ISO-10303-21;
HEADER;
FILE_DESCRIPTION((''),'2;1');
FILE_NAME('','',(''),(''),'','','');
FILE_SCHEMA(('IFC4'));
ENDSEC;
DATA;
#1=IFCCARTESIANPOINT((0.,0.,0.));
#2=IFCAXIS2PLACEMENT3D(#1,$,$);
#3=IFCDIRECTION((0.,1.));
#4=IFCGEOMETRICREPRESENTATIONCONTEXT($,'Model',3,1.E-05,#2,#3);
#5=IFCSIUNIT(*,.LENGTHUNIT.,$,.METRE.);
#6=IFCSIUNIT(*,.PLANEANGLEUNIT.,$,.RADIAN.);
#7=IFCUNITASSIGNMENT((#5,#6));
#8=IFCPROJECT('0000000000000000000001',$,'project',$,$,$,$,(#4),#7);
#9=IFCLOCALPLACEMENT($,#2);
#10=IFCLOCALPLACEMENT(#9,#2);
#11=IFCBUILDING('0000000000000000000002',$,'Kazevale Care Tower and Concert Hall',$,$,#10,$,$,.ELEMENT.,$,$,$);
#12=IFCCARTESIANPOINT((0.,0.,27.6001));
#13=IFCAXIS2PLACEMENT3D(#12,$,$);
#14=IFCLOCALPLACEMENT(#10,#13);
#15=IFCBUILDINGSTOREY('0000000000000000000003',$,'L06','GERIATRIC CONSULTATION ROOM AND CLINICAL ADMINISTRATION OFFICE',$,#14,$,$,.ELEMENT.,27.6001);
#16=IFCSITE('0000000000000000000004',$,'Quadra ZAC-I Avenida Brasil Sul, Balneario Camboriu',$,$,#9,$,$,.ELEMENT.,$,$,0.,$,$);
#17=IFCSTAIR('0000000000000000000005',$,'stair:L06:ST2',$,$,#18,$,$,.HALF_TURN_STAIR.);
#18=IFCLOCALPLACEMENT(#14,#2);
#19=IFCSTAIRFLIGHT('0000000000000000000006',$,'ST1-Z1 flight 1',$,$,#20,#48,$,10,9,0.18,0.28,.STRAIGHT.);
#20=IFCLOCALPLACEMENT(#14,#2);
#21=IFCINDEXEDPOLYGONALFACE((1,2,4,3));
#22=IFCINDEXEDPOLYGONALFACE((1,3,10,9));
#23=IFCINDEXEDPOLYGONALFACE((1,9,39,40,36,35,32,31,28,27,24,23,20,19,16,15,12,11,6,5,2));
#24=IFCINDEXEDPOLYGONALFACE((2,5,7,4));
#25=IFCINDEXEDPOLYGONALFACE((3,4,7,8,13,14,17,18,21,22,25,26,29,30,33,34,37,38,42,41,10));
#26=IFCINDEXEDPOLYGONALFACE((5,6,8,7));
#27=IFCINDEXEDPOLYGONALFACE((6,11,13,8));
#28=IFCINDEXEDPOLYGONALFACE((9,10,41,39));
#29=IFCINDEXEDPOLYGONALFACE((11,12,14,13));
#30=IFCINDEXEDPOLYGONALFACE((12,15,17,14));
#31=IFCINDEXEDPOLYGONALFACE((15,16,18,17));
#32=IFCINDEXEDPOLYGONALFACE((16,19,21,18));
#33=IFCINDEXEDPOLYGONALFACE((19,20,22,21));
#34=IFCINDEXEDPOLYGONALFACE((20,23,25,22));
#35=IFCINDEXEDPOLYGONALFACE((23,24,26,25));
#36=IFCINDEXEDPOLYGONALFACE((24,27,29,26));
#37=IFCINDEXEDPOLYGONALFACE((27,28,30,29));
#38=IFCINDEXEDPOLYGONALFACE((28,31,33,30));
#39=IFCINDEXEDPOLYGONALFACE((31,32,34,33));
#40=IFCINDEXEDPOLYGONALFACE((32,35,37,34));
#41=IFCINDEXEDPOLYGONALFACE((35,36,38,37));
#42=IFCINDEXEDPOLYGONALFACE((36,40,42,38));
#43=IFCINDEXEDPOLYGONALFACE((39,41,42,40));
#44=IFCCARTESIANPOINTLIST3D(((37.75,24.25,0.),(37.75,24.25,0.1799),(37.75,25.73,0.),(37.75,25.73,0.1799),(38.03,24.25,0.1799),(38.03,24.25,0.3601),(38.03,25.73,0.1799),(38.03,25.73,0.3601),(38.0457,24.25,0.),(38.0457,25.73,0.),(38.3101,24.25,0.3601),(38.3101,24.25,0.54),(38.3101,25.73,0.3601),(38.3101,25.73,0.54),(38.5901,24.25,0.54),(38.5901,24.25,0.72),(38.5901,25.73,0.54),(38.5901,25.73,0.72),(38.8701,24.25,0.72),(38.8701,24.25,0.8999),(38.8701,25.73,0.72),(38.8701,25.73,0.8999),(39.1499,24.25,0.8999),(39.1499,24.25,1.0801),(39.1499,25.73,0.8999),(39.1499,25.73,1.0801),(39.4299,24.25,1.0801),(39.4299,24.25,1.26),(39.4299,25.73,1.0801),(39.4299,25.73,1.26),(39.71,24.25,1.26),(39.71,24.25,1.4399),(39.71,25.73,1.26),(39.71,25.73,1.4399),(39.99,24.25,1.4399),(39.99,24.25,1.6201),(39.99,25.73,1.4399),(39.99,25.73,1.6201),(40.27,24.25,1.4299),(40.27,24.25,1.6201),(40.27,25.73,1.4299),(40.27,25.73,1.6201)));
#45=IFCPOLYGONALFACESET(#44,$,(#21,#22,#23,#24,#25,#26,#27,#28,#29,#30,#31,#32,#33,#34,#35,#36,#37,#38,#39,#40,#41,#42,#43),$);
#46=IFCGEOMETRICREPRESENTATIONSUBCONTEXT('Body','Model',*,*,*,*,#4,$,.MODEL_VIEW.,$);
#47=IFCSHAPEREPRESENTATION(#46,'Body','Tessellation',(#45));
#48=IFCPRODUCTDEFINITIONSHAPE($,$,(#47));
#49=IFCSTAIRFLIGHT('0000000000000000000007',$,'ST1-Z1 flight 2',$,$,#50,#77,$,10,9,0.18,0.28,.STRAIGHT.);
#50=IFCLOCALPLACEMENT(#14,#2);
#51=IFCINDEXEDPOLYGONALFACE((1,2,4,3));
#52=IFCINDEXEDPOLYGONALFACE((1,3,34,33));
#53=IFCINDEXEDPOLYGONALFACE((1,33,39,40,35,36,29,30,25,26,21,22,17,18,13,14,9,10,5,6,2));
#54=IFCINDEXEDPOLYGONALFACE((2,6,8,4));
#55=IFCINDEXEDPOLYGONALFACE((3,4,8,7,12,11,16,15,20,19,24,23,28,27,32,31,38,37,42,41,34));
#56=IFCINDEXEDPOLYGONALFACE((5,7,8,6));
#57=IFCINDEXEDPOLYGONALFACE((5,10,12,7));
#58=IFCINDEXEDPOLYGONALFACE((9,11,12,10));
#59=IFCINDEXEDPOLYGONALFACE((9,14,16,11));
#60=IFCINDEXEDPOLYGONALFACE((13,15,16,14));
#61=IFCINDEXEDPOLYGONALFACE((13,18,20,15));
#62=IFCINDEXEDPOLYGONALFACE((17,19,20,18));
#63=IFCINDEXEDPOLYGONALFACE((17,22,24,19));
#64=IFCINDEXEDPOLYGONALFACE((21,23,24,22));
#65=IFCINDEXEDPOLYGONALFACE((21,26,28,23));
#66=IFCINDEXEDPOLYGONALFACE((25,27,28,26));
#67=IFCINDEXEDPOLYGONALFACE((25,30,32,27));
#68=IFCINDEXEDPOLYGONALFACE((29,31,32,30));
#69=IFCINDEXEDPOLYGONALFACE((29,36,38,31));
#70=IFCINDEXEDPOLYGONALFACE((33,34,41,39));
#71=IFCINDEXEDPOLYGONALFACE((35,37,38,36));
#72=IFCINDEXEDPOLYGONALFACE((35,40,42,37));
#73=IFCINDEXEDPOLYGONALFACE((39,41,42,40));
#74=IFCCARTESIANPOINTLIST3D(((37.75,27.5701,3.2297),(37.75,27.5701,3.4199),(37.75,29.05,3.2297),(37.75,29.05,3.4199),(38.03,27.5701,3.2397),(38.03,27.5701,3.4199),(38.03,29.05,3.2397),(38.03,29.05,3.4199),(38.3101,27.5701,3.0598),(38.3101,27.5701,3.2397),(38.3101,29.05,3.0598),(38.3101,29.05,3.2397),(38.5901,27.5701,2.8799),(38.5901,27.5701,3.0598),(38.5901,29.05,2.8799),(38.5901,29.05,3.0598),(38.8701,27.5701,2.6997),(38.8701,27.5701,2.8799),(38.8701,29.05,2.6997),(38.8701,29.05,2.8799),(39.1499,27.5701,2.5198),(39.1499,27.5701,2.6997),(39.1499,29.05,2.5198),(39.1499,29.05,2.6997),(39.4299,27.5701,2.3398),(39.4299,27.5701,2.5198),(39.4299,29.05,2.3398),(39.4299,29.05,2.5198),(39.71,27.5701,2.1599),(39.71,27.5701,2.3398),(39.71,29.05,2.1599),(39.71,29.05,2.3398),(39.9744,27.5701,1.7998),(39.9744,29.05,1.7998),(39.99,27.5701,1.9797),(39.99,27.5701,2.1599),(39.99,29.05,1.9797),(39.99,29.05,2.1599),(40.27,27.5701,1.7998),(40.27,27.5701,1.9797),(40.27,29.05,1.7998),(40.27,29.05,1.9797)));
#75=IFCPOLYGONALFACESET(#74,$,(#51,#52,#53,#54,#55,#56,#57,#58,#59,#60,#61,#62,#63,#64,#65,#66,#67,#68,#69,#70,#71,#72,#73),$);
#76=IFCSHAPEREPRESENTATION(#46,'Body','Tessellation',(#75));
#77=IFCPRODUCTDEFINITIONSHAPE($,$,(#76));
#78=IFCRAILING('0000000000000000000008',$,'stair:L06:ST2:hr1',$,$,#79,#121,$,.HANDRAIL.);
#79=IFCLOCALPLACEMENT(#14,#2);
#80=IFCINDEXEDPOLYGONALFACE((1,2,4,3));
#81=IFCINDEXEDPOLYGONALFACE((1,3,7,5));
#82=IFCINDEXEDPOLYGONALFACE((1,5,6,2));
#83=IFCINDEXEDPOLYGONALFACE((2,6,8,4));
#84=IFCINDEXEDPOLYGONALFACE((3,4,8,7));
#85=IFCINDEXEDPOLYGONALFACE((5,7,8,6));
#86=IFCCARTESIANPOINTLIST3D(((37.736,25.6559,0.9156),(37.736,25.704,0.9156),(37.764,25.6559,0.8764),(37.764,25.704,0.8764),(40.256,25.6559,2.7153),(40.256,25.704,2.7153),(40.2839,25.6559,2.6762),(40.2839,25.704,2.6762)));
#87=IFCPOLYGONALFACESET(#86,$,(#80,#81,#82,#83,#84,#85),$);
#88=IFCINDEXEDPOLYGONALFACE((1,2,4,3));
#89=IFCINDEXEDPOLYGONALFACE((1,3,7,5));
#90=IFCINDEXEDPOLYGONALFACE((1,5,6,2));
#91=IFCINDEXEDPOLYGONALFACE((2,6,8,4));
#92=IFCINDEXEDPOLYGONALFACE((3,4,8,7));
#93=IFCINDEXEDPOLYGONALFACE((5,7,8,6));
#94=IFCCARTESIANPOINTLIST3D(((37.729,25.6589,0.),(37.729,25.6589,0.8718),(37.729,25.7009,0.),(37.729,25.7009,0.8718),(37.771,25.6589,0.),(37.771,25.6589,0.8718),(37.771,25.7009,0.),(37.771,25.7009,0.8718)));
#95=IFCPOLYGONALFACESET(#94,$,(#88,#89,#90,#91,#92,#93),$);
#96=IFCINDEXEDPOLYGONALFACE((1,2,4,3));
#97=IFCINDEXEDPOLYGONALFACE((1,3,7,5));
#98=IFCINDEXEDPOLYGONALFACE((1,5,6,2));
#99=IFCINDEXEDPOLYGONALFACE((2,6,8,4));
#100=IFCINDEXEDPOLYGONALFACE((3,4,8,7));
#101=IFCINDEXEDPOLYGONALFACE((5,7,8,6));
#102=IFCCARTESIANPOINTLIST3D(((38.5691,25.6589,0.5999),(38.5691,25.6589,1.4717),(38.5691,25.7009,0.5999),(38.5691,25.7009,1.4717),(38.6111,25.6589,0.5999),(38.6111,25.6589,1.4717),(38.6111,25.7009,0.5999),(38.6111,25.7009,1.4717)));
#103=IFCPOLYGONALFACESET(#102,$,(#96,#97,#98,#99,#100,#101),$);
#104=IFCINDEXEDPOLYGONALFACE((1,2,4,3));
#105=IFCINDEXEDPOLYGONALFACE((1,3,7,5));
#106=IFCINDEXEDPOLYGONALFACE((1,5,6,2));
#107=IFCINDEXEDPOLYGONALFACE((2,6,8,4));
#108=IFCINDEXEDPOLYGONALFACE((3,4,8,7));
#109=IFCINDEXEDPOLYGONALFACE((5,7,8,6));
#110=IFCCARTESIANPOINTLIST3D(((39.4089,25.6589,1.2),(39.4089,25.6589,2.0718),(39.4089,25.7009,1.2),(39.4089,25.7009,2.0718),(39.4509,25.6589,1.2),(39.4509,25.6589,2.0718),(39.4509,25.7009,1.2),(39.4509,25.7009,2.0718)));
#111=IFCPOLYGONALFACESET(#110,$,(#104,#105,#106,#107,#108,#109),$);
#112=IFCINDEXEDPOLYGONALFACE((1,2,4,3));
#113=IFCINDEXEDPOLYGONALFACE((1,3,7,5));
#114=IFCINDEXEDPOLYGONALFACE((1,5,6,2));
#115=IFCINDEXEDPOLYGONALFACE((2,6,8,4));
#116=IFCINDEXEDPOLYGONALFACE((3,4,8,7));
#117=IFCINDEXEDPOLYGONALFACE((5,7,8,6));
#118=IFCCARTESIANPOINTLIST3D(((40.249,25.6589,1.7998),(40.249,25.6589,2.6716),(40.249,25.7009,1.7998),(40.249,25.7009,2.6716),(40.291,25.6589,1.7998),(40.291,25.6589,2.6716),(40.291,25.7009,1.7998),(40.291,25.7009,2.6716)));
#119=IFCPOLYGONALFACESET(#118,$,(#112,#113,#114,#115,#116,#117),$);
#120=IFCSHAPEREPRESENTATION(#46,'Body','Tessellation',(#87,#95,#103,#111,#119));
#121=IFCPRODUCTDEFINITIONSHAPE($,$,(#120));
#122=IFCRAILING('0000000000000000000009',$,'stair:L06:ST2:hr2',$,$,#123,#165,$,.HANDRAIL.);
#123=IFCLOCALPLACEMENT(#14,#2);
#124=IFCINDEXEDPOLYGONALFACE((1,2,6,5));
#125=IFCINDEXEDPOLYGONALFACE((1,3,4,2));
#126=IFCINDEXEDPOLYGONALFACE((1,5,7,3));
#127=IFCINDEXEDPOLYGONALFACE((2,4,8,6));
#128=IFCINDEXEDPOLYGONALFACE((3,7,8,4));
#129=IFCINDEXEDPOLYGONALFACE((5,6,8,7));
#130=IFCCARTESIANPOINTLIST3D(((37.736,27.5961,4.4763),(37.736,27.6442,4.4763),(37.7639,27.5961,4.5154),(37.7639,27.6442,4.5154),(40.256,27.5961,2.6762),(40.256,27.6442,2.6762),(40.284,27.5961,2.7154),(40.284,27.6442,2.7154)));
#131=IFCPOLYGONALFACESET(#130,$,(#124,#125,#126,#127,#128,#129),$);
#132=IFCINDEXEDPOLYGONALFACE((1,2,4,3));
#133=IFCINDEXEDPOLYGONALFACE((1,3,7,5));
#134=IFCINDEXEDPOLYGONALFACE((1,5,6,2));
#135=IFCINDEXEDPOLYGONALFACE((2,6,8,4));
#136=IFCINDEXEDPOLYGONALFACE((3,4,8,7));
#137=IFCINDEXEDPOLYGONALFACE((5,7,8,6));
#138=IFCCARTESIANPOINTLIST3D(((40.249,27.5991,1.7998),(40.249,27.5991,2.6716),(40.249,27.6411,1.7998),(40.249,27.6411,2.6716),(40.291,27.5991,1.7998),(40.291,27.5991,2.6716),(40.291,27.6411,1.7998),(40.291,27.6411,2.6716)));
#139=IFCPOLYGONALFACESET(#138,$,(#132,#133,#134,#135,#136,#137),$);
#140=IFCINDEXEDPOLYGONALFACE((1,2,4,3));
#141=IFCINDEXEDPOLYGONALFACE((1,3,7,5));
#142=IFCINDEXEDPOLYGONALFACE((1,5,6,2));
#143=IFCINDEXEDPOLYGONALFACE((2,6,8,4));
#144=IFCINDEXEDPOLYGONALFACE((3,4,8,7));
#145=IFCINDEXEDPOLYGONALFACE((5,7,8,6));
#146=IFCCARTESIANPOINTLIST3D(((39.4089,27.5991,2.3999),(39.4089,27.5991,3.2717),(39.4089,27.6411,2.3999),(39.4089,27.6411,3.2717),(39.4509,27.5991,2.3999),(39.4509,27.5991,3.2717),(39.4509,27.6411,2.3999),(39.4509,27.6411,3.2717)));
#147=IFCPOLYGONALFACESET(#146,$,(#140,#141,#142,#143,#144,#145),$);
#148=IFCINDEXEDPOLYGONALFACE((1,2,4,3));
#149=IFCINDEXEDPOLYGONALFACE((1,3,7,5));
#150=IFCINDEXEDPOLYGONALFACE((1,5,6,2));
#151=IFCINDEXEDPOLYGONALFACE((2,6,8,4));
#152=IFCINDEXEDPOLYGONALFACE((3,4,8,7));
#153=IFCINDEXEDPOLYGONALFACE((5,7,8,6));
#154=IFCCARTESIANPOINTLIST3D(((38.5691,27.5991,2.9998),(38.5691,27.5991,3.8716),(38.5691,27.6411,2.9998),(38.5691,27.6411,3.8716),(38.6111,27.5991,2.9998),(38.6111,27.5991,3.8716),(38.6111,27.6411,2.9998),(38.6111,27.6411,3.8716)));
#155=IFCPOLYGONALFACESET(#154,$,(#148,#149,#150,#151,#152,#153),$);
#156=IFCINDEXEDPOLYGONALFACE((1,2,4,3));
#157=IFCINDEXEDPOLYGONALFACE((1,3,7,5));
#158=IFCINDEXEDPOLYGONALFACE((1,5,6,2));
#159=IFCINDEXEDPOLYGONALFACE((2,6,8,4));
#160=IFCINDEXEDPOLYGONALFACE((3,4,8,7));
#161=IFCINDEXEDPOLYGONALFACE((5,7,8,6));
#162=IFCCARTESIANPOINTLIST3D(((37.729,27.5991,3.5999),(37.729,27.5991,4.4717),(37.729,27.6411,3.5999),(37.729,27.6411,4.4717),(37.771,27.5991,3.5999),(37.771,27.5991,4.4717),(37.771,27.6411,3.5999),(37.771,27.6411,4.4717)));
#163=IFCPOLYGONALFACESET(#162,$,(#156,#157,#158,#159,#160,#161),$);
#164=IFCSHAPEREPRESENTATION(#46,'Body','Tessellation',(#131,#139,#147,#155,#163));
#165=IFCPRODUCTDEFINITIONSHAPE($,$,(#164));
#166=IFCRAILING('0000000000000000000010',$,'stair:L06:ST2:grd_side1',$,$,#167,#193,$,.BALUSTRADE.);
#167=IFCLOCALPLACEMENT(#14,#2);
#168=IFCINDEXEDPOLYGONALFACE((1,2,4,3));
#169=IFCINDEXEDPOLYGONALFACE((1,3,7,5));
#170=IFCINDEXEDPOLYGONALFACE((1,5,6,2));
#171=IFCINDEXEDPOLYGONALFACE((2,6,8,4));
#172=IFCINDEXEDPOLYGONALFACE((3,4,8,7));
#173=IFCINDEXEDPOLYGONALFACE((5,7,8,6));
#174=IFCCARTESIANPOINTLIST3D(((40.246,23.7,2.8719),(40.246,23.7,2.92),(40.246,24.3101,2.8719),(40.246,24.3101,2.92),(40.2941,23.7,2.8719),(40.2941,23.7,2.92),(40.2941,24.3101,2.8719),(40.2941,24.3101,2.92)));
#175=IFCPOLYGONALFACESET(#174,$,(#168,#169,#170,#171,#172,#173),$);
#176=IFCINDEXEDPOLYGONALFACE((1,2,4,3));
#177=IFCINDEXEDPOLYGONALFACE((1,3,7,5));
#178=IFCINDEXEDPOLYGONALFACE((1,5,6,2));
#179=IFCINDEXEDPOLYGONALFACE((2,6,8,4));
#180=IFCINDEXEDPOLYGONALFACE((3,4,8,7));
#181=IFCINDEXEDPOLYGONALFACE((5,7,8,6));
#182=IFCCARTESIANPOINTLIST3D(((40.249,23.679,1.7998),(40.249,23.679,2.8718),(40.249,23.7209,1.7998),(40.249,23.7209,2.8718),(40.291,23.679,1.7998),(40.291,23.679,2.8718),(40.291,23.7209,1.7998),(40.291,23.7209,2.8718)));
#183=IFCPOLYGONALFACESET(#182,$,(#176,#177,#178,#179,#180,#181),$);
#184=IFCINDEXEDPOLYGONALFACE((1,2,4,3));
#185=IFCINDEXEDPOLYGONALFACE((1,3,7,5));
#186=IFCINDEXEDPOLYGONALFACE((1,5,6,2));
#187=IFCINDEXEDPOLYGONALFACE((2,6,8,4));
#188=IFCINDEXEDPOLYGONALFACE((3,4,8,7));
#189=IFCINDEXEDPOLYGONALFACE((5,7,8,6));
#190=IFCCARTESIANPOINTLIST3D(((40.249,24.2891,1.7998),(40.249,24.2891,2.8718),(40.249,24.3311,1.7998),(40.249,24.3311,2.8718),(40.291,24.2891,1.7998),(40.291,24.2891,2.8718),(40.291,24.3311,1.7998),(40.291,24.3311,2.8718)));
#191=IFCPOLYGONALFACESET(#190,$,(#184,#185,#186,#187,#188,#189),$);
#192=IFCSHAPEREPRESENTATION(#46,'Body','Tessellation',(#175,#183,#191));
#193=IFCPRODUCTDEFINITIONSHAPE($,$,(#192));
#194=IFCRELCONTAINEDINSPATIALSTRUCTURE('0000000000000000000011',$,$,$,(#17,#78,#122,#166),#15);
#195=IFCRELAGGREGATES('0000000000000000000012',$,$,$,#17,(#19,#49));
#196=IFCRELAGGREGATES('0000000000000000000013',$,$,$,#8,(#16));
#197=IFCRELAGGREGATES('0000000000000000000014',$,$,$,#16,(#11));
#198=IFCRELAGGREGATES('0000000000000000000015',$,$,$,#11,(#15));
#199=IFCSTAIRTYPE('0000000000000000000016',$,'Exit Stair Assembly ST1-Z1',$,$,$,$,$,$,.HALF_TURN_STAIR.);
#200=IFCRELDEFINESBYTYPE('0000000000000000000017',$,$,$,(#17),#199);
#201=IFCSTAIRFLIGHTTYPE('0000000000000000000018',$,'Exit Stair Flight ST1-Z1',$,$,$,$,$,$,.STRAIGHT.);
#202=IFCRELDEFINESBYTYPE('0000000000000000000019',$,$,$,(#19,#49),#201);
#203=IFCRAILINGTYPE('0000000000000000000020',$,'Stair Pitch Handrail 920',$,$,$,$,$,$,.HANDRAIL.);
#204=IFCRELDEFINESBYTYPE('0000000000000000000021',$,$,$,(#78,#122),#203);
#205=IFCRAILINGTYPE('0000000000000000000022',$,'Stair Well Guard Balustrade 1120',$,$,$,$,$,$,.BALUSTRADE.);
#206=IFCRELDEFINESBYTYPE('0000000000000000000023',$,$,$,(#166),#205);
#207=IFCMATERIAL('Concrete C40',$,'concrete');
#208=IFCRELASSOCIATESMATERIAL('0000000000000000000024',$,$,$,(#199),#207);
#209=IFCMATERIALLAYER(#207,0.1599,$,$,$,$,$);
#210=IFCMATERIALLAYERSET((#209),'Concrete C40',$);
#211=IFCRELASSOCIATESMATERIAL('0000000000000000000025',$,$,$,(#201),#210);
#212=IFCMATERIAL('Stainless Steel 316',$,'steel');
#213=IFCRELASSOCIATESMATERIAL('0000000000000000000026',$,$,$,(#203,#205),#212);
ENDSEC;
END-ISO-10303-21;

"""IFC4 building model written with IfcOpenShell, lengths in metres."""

from ifc_helpers import new_model, si_unit, direction, frame, origin, origin_2d, place, context, subcontext, project, spatial, polyline, rectangle, outline, extrude, material, layer, layer_set, type_object, element, aggregate, save


model = new_model("IFC4")

# Units and contexts
model_context = context("Model", 3, precision=1e-05, world=origin(), true_north=direction((0.0, 1.0)))
body_context = subcontext(model_context, "Body", "Model", "MODEL_VIEW")
ifc_project = project(units=[si_unit("LENGTHUNIT", "METRE"), si_unit("PLANEANGLEUNIT", "RADIAN")], contexts=[model_context])

# Site, building, storey
site_placement = place(None, origin())
site = spatial("IfcSite", under=ifc_project, at=site_placement, Name="Quadra ZAC-I Avenida Brasil Sul, Balneario Camboriu", CompositionType="ELEMENT", RefElevation=0.0)
building_placement = place(site_placement, origin())
building = spatial("IfcBuilding", under=site, at=building_placement, Name="Kazevale Care Tower and Concert Hall", CompositionType="ELEMENT")
storey_placement = place(building_placement, frame((0.0, 0.0, 27.6001)))
storey = spatial("IfcBuildingStorey", under=building, at=storey_placement, Name="L06", Description="GERIATRIC CONSULTATION ROOM AND CLINICAL ADMINISTRATION OFFICE", CompositionType="ELEMENT", Elevation=27.6001)

# Shared definitions
ifc_material_1 = material(Name="Concrete C40", Category="concrete")

# Stair, stair flights
stair_type = type_object("IfcStairType", Name="Exit Stair Assembly ST1-Z1", PredefinedType="HALF_TURN_STAIR", material=ifc_material_1)
stair_placement = place(storey_placement, origin())
stair = element("IfcStair", 1, at=stair_placement, inside=storey, type_object=stair_type, Name="stair:L06:ST2", PredefinedType="HALF_TURN_STAIR")
ifc_layer_1 = layer(ifc_material_1, 0.1599)
ifc_layer_set_1 = layer_set([ifc_layer_1], Name="Concrete C40")
stair_flight_type = type_object("IfcStairFlightType", Name="Exit Stair Flight ST1-Z1", PredefinedType="STRAIGHT", material=ifc_layer_set_1)
stair_flight_1_placement = place(storey_placement, frame((37.75, 24.99, 0.0), z_axis=(0.0, 0.0, 1.0), x_axis=(1.0, 0.0, 0.0)))
stair_flight_1 = element("IfcStairFlight", 2, at=stair_flight_1_placement, type_object=stair_flight_type, Name="ST1-Z1 flight 1", NumberOfRisers=10, NumberOfTreads=9, PredefinedType="STRAIGHT", RiserHeight=0.18, TreadLength=0.28, context=body_context, shape_type="SweptSolid", body=[
    extrude(outline(polyline([(0.0, 0.0), (0.0, 0.1799), (0.28, 0.1799), (0.28, 0.3601), (0.5601, 0.3601), (0.5601, 0.54), (0.8401, 0.54), (0.8401, 0.72), (1.1201, 0.72), (1.1201, 0.8999), (1.3999, 0.8999), (1.3999, 1.0801), (1.6799, 1.0801), (1.6799, 1.26), (1.96, 1.26), (1.96, 1.4399), (2.24, 1.4399), (2.24, 1.6201), (2.52, 1.6201), (2.52, 1.8), (2.52, 1.4299), (0.2957, 0.0), (0.0, 0.0)])), frame((0.0, 0.74, 0.0), z_axis=(0.0, -1.0, 0.0), x_axis=(1.0, 0.0, 0.0)), (0.0, 0.0, 1.0), 1.48),
])
stair_flight_2_placement = place(storey_placement, frame((40.27, 28.3101, 1.7998), z_axis=(0.0, 0.0, 1.0), x_axis=(-1.0, 0.0, 0.0)))
stair_flight_2 = element("IfcStairFlight", 3, at=stair_flight_2_placement, type_object=stair_flight_type, Name="ST1-Z1 flight 2", NumberOfRisers=10, NumberOfTreads=9, PredefinedType="STRAIGHT", RiserHeight=0.18, TreadLength=0.28, context=body_context, shape_type="SweptSolid", body=[
    extrude(outline(polyline([(0.0, 0.0), (0.0, 0.1799), (0.28, 0.1799), (0.28, 0.3601), (0.5601, 0.3601), (0.5601, 0.54), (0.8401, 0.54), (0.8401, 0.72), (1.1201, 0.72), (1.1201, 0.8999), (1.3999, 0.8999), (1.3999, 1.0801), (1.6799, 1.0801), (1.6799, 1.26), (1.96, 1.26), (1.96, 1.4399), (2.24, 1.4399), (2.24, 1.6201), (2.52, 1.6201), (2.52, 1.8), (2.52, 1.4299), (0.2957, 0.0), (0.0, 0.0)])), frame((0.0, 0.74, 0.0), z_axis=(0.0, -1.0, 0.0), x_axis=(1.0, 0.0, 0.0)), (0.0, 0.0, 1.0), 1.48),
])
aggregate(stair, [stair_flight_1, stair_flight_2])

# Railings
ifc_material_2 = material(Name="Stainless Steel 316", Category="steel")
railing_type_1 = type_object("IfcRailingType", Name="Stair Pitch Handrail 920", PredefinedType="HANDRAIL", material=ifc_material_2)
railing_1_placement = place(storey_placement, frame((37.75, 25.6799, 0.0)))
element("IfcRailing", 4, at=railing_1_placement, inside=storey, type_object=railing_type_1, Name="stair:L06:ST2:hr1", PredefinedType="HANDRAIL", context=body_context, shape_type="SweptSolid", body=[
    extrude(rectangle(XDim=0.0481, YDim=0.0481, at=origin_2d()), frame((0.0, 0.0, 0.896), z_axis=(0.813765, 0.0, 0.581193), x_axis=(0.0, 1.0, 0.0)), (0.0, 0.0, 1.0), 3.0967),
    extrude(rectangle(XDim=0.042, YDim=0.042, at=origin_2d()), origin(), (0.0, 0.0, 1.0), 0.8718),
    extrude(rectangle(XDim=0.042, YDim=0.042, at=origin_2d()), frame((0.8401, 0.0, 0.5999)), (0.0, 0.0, 1.0), 0.8718),
    extrude(rectangle(XDim=0.042, YDim=0.042, at=origin_2d()), frame((1.6799, 0.0, 1.2)), (0.0, 0.0, 1.0), 0.8718),
    extrude(rectangle(XDim=0.042, YDim=0.042, at=origin_2d()), frame((2.52, 0.0, 1.7998)), (0.0, 0.0, 1.0), 0.8718),
])
railing_2_placement = place(storey_placement, frame((40.27, 27.6201, 1.7998)))
element("IfcRailing", 5, at=railing_2_placement, inside=storey, type_object=railing_type_1, Name="stair:L06:ST2:hr2", PredefinedType="HANDRAIL", context=body_context, shape_type="SweptSolid", body=[
    extrude(rectangle(XDim=0.0481, YDim=0.0481, at=origin_2d()), frame((0.0, 0.0, 0.896), z_axis=(-0.813728, 0.0, 0.581246), x_axis=(0.0, -1.0, 0.0)), (0.0, 0.0, 1.0), 3.0969),
    extrude(rectangle(XDim=0.042, YDim=0.042, at=origin_2d()), origin(), (0.0, 0.0, 1.0), 0.8718),
    extrude(rectangle(XDim=0.042, YDim=0.042, at=origin_2d()), frame((-0.8401, 0.0, 0.6001)), (0.0, 0.0, 1.0), 0.8718),
    extrude(rectangle(XDim=0.042, YDim=0.042, at=origin_2d()), frame((-1.6799, 0.0, 1.2)), (0.0, 0.0, 1.0), 0.8718),
    extrude(rectangle(XDim=0.042, YDim=0.042, at=origin_2d()), frame((-2.52, 0.0, 1.8)), (0.0, 0.0, 1.0), 0.8718),
])
railing_type_2 = type_object("IfcRailingType", Name="Stair Well Guard Balustrade 1120", PredefinedType="BALUSTRADE", material=ifc_material_2)
railing_3_placement = place(storey_placement, frame((40.27, 23.7, 1.7998)))
element("IfcRailing", 6, at=railing_3_placement, inside=storey, type_object=railing_type_2, Name="stair:L06:ST2:grd_side1", PredefinedType="BALUSTRADE", context=body_context, shape_type="SweptSolid", body=[
    extrude(rectangle(XDim=0.0481, YDim=0.0481, at=origin_2d()), frame((0.0, 0.0, 1.0962), z_axis=(0.0, 1.0, 0.0), x_axis=(-1.0, 0.0, 0.0)), (0.0, 0.0, 1.0), 0.6101),
    extrude(rectangle(XDim=0.042, YDim=0.042, at=origin_2d()), origin(), (0.0, 0.0, 1.0), 1.072),
    extrude(rectangle(XDim=0.042, YDim=0.042, at=origin_2d()), frame((0.0, 0.6101, 0.0)), (0.0, 0.0, 1.0), 1.072),
])

save(model, "model.ifc")
